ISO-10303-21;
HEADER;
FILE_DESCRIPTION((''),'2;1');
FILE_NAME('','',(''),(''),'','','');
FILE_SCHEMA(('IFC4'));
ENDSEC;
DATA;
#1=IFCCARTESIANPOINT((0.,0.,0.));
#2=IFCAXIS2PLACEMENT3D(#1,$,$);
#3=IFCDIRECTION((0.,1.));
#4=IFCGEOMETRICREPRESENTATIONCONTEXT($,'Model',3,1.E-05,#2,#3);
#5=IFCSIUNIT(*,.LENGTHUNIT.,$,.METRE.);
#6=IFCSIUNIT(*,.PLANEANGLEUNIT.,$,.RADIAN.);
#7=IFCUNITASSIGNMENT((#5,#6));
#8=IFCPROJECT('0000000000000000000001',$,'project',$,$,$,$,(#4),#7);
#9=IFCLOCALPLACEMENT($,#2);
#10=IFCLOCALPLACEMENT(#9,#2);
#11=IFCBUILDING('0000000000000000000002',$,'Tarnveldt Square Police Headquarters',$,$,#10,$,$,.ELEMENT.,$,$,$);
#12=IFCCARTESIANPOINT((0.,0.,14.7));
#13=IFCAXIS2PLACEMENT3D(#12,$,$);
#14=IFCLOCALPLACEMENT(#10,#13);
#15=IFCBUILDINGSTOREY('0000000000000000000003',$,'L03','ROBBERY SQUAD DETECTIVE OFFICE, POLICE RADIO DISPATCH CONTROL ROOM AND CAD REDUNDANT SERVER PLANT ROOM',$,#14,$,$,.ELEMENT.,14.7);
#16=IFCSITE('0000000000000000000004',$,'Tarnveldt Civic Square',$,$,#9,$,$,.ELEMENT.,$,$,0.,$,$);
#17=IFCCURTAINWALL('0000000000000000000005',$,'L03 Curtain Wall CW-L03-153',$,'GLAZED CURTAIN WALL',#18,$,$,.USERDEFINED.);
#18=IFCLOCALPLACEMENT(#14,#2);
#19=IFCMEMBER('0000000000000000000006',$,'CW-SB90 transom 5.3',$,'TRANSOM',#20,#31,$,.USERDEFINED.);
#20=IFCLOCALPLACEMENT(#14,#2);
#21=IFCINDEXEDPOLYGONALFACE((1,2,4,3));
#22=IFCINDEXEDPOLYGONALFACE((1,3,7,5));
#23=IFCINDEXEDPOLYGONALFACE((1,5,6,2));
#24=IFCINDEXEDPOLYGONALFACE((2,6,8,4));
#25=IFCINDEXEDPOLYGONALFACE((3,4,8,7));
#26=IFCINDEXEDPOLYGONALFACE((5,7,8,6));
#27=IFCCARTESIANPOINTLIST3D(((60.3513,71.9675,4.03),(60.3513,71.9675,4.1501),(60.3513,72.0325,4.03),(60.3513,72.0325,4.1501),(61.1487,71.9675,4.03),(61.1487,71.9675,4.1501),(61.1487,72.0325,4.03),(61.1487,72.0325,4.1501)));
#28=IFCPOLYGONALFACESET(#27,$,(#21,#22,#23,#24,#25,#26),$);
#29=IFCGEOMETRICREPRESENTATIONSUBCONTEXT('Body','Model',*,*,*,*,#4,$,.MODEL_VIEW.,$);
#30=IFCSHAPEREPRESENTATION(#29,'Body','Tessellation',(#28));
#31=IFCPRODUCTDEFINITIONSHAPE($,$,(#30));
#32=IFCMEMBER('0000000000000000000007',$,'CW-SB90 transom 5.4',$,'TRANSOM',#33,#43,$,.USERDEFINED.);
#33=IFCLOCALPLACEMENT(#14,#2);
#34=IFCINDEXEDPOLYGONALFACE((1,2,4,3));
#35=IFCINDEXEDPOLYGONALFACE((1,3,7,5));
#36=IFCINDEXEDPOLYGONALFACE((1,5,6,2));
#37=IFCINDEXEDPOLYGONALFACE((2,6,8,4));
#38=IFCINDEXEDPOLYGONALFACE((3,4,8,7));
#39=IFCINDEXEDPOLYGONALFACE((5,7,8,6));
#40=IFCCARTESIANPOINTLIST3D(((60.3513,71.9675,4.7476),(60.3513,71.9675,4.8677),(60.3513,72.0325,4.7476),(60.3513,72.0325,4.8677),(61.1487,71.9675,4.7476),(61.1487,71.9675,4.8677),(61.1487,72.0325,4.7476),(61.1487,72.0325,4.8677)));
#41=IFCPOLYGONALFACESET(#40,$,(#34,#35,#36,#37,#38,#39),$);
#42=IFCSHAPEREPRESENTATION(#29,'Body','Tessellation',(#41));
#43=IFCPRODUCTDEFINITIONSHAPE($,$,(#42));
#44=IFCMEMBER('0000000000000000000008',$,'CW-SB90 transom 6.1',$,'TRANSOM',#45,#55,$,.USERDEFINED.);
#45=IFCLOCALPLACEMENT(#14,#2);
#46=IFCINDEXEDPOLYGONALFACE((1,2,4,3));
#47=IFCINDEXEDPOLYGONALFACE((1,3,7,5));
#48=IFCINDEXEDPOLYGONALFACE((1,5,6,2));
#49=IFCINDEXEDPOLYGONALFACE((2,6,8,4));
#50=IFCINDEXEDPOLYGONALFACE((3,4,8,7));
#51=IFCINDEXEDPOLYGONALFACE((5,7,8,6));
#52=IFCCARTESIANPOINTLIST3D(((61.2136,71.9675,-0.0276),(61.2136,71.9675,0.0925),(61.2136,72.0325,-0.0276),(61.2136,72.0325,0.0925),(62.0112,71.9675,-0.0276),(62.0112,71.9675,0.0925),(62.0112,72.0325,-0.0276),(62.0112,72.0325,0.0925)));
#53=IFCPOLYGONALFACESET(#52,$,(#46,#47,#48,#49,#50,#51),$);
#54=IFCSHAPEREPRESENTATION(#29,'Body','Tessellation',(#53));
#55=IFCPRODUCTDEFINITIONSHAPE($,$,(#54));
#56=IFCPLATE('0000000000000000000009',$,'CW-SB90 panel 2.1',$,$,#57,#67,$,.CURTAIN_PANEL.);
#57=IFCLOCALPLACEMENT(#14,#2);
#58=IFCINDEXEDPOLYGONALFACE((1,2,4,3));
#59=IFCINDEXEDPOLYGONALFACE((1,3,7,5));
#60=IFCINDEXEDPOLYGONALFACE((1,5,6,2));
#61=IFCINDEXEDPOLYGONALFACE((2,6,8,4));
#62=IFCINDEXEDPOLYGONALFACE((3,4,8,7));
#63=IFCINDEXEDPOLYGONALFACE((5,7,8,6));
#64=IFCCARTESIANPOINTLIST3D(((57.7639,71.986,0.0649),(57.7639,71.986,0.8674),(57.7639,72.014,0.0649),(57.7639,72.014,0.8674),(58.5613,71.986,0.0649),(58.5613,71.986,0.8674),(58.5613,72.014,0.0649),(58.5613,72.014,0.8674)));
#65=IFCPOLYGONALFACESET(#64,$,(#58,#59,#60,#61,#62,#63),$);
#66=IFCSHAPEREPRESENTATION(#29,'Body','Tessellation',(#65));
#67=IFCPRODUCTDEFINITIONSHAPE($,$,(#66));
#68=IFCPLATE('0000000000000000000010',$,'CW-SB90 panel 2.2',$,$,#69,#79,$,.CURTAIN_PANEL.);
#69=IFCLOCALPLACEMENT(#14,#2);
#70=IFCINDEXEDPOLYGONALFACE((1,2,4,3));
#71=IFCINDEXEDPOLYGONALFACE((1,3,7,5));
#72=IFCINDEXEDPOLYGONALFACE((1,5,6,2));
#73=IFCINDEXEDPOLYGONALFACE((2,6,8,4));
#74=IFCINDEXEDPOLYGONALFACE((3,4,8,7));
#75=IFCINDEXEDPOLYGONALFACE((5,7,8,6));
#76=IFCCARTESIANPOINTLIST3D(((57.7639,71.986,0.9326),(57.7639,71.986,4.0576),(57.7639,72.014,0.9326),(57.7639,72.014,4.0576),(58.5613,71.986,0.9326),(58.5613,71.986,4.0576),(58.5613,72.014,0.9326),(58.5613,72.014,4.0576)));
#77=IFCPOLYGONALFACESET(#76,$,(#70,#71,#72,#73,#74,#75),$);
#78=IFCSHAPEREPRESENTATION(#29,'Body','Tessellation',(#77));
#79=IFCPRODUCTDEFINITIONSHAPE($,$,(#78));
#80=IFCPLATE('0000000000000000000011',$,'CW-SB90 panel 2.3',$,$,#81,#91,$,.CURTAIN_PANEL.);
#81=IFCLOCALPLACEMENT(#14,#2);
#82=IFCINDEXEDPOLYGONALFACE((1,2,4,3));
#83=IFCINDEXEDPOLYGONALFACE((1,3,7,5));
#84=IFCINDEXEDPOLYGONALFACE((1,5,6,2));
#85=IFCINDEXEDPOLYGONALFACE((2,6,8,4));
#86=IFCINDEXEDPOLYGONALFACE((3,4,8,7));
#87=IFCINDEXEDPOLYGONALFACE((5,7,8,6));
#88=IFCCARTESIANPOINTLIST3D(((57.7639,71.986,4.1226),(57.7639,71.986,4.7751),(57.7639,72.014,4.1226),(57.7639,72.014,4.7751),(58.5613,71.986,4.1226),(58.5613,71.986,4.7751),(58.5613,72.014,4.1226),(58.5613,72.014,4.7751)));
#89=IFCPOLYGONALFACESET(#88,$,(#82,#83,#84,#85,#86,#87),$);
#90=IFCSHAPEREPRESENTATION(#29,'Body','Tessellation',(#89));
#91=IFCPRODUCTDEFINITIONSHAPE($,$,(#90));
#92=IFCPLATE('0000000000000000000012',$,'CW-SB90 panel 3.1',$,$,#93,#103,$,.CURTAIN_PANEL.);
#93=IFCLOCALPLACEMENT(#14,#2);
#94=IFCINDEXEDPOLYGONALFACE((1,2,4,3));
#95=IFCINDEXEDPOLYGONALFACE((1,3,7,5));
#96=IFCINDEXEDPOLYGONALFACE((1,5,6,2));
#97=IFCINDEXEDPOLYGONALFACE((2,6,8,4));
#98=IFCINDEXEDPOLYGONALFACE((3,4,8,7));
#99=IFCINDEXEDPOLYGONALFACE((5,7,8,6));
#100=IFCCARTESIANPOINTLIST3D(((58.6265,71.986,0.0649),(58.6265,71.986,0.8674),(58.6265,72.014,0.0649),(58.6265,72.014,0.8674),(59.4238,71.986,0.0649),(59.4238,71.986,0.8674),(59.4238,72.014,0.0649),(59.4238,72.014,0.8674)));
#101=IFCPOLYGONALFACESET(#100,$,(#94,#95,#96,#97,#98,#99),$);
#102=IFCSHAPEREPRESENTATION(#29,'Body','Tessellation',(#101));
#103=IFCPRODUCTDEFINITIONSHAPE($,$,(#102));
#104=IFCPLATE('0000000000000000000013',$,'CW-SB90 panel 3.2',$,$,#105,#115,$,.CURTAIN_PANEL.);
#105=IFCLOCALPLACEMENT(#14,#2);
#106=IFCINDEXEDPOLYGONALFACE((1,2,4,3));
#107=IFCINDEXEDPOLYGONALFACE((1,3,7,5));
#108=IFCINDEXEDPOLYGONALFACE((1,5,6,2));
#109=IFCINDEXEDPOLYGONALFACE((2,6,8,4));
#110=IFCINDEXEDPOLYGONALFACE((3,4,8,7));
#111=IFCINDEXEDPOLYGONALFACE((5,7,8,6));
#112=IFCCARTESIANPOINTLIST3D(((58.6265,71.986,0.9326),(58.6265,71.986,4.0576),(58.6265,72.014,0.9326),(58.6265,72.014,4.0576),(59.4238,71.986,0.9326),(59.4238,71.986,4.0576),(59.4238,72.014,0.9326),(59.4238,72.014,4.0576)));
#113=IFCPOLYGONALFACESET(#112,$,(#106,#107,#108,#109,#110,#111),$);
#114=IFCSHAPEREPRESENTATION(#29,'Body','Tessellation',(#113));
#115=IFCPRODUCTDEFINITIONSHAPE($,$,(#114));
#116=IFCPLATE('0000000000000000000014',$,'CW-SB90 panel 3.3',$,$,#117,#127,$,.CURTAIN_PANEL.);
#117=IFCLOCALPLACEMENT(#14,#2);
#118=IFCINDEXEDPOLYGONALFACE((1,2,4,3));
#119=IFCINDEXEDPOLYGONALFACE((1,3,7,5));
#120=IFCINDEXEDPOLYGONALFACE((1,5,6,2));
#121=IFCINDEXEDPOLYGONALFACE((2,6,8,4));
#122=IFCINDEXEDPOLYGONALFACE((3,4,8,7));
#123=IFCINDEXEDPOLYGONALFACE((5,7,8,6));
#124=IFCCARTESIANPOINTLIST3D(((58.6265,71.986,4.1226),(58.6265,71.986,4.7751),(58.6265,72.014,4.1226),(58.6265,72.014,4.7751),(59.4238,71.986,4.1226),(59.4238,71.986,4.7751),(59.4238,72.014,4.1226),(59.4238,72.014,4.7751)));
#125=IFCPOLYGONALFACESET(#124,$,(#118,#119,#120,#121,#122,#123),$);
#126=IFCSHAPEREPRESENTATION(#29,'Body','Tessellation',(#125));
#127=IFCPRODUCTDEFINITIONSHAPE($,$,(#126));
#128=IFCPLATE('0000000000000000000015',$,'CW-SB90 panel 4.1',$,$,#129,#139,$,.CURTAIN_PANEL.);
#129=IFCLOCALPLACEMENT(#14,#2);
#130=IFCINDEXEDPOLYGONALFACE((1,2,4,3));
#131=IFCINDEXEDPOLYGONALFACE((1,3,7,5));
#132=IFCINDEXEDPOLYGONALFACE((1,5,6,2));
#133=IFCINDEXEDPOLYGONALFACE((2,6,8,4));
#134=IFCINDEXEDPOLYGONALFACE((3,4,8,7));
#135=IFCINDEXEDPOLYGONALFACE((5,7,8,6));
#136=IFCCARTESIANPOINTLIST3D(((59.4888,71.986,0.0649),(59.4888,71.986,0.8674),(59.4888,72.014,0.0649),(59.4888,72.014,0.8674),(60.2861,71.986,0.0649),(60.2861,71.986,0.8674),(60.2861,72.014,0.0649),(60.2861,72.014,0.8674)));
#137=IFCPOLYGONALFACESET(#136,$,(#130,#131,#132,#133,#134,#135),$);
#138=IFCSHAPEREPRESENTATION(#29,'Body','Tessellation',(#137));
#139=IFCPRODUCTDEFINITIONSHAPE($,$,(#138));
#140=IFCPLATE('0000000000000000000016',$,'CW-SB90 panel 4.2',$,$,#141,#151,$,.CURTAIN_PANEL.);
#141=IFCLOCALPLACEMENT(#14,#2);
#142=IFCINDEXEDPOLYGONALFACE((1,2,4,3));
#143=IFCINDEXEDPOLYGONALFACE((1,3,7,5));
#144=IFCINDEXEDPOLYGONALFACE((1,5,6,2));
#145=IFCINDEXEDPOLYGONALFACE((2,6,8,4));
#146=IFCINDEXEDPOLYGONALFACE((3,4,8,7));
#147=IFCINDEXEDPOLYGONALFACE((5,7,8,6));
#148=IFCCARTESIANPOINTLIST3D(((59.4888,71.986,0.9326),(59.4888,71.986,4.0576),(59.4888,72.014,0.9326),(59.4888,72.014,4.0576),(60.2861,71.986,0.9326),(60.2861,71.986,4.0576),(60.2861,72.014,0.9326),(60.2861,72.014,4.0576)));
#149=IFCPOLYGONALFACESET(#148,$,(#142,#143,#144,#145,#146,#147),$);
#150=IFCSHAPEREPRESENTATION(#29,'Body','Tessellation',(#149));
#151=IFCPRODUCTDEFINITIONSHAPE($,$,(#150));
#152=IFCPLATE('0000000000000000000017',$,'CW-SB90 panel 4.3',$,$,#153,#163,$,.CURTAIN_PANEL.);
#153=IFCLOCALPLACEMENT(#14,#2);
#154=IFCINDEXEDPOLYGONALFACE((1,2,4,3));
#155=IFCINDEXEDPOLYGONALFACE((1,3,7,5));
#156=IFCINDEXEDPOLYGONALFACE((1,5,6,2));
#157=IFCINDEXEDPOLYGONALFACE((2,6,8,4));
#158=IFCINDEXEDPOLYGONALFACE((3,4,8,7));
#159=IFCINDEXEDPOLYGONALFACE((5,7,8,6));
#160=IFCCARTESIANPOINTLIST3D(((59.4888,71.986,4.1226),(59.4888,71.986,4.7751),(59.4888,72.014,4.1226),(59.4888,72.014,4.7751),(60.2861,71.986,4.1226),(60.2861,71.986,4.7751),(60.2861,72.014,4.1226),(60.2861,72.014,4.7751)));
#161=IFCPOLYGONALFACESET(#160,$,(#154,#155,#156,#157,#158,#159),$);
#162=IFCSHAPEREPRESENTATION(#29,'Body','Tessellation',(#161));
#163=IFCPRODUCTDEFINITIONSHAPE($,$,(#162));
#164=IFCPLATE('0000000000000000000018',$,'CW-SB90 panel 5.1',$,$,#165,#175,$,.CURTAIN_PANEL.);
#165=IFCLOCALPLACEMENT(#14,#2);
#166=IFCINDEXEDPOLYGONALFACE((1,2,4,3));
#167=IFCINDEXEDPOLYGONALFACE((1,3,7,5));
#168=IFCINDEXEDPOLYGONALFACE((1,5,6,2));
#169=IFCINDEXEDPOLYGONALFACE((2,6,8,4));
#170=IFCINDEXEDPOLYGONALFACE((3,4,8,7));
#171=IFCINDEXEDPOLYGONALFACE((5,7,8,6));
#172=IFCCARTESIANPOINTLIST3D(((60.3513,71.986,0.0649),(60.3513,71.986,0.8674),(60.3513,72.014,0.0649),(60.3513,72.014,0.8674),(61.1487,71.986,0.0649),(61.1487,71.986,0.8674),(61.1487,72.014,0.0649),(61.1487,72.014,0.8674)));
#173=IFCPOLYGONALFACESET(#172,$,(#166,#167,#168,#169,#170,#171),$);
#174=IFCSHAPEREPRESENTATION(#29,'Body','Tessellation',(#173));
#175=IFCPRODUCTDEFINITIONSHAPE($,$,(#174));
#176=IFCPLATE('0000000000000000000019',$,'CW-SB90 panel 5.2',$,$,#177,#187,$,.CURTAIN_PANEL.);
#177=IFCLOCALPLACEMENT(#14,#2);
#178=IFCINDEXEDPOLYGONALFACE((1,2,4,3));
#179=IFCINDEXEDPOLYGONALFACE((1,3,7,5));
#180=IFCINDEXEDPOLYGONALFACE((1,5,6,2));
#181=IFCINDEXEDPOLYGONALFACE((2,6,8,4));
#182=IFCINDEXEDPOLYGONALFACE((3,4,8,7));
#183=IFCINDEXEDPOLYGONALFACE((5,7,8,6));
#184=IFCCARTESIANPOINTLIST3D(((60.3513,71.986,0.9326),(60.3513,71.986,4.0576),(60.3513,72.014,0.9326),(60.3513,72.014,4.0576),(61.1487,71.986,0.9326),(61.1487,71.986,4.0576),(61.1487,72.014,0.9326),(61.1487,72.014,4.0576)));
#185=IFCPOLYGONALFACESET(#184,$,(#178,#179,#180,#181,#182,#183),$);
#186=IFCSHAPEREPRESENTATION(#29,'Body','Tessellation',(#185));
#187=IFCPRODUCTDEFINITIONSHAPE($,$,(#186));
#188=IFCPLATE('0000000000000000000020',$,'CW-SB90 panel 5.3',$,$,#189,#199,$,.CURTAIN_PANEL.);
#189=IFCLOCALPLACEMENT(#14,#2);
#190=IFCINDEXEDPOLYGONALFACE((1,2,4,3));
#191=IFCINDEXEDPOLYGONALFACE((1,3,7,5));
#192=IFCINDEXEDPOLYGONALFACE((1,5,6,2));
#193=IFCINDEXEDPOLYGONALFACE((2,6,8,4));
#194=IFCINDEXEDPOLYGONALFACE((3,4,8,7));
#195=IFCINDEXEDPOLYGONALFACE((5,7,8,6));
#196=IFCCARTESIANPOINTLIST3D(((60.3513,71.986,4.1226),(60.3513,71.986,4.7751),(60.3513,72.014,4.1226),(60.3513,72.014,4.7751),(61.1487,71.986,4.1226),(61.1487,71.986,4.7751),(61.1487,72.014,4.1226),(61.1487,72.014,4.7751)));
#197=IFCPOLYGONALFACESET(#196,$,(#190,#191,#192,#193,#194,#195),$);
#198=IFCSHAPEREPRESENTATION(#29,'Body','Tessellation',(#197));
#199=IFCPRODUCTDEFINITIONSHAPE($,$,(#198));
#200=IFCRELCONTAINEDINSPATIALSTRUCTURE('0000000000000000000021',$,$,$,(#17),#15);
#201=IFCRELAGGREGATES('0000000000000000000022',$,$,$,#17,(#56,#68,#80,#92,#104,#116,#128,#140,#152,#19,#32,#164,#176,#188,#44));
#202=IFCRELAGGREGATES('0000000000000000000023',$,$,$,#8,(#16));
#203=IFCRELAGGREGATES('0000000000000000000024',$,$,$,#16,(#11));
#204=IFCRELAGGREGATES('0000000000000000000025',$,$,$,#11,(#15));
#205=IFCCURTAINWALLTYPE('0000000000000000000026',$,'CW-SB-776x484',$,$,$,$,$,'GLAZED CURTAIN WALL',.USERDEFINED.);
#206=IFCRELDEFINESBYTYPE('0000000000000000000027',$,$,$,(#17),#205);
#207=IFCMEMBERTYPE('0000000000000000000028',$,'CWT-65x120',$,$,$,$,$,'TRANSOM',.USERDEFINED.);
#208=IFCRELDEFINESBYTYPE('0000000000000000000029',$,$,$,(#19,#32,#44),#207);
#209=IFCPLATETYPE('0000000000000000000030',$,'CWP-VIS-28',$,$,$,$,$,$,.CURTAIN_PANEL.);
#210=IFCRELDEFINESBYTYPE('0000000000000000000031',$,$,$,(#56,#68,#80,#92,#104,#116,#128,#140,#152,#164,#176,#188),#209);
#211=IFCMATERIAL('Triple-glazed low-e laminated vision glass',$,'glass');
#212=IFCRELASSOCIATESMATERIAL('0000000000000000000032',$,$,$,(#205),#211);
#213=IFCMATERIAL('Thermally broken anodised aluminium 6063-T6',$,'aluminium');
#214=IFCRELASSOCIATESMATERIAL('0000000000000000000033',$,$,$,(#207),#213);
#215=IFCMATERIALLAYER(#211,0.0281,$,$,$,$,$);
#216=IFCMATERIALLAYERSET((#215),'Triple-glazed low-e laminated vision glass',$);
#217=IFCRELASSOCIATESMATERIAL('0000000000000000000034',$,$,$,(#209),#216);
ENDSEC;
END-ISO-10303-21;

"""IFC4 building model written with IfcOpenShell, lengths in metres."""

from ifc_helpers import new_model, si_unit, direction, frame, origin, origin_2d, place, context, subcontext, project, spatial, rectangle, extrude, material, layer, layer_set, material_profile, profile_set, type_object, element, aggregate, save


model = new_model("IFC4")

# Units and contexts
model_context = context("Model", 3, precision=1e-05, world=origin(), true_north=direction((0.0, 1.0)))
body_context = subcontext(model_context, "Body", "Model", "MODEL_VIEW")
ifc_project = project(units=[si_unit("LENGTHUNIT", "METRE"), si_unit("PLANEANGLEUNIT", "RADIAN")], contexts=[model_context])

# Site, building, storey
site_placement = place(None, origin())
site = spatial("IfcSite", under=ifc_project, at=site_placement, Name="Tarnveldt Civic Square", CompositionType="ELEMENT", RefElevation=0.0)
building_placement = place(site_placement, origin())
building = spatial("IfcBuilding", under=site, at=building_placement, Name="Tarnveldt Square Police Headquarters", CompositionType="ELEMENT")
storey_placement = place(building_placement, frame((0.0, 0.0, 14.7)))
storey = spatial("IfcBuildingStorey", under=building, at=storey_placement, Name="L03", Description="ROBBERY SQUAD DETECTIVE OFFICE, POLICE RADIO DISPATCH CONTROL ROOM AND CAD REDUNDANT SERVER PLANT ROOM", CompositionType="ELEMENT", Elevation=14.7)

# Curtain wall, members, plates
ifc_material_1 = material(Name="Triple-glazed low-e laminated vision glass", Category="glass")
curtain_wall_type = type_object("IfcCurtainWallType", Name="CW-SB-776x484", ElementType="GLAZED CURTAIN WALL", PredefinedType="USERDEFINED", material=ifc_material_1)
curtain_wall_placement = place(storey_placement, origin())
curtain_wall = element("IfcCurtainWall", 1, at=curtain_wall_placement, inside=storey, type_object=curtain_wall_type, Name="L03 Curtain Wall CW-L03-153", ObjectType="GLAZED CURTAIN WALL", PredefinedType="USERDEFINED")
ifc_material_2 = material(Name="Thermally broken anodised aluminium 6063-T6", Category="aluminium")
ifc_material_profile_1 = material_profile(ifc_material_2, rectangle(XDim=0.0649, YDim=0.1201, at=origin_2d()), Name="CW-T65x120")
ifc_profile_set_1 = profile_set([ifc_material_profile_1], Name="Thermally broken anodised aluminium 6063-T6")
member_type_1 = type_object("IfcMemberType", Name="CWT-65x120", ElementType="TRANSOM", PredefinedType="USERDEFINED", material=ifc_profile_set_1)
member_1_placement = place(storey_placement, frame((60.3513, 72.0, 4.0901), z_axis=(1.0, 0.0, 0.0), x_axis=(0.0, 1.0, 0.0)))
member_1 = element("IfcMember", 2, at=member_1_placement, type_object=member_type_1, Name="CW-SB90 transom 5.3", ObjectType="TRANSOM", PredefinedType="USERDEFINED", context=body_context, shape_type="SweptSolid", body=[
    extrude(rectangle(XDim=0.0649, YDim=0.1201, at=origin_2d()), origin(), (0.0, 0.0, 1.0), 0.7974),
])
member_2_placement = place(storey_placement, frame((60.3513, 72.0, 4.8076), z_axis=(1.0, 0.0, 0.0), x_axis=(0.0, 1.0, 0.0)))
member_2 = element("IfcMember", 3, at=member_2_placement, type_object=member_type_1, Name="CW-SB90 transom 5.4", ObjectType="TRANSOM", PredefinedType="USERDEFINED", context=body_context, shape_type="SweptSolid", body=[
    extrude(rectangle(XDim=0.0649, YDim=0.1201, at=origin_2d()), origin(), (0.0, 0.0, 1.0), 0.7974),
])
member_3_placement = place(storey_placement, frame((61.2136, 72.0, 0.0325), z_axis=(1.0, 0.0, 0.0), x_axis=(0.0, 1.0, 0.0)))
member_3 = element("IfcMember", 4, at=member_3_placement, type_object=member_type_1, Name="CW-SB90 transom 6.1", ObjectType="TRANSOM", PredefinedType="USERDEFINED", context=body_context, shape_type="SweptSolid", body=[
    extrude(rectangle(XDim=0.0649, YDim=0.1201, at=origin_2d()), origin(), (0.0, 0.0, 1.0), 0.7976),
])
ifc_layer = layer(ifc_material_1, 0.0281)
ifc_layer_set = layer_set([ifc_layer], Name="Triple-glazed low-e laminated vision glass")
plate_type = type_object("IfcPlateType", Name="CWP-VIS-28", PredefinedType="CURTAIN_PANEL", material=ifc_layer_set)
plate_1_placement = place(storey_placement, frame((58.1626, 72.0, 0.0649), z_axis=(0.0, 0.0, 1.0), x_axis=(1.0, 0.0, 0.0)))
plate_1 = element("IfcPlate", 5, at=plate_1_placement, type_object=plate_type, Name="CW-SB90 panel 2.1", PredefinedType="CURTAIN_PANEL", context=body_context, shape_type="SweptSolid", body=[
    extrude(rectangle(XDim=0.7974, YDim=0.0281, at=origin_2d()), origin(), (0.0, 0.0, 1.0), 0.8025),
])
plate_2_placement = place(storey_placement, frame((58.1626, 72.0, 0.9326), z_axis=(0.0, 0.0, 1.0), x_axis=(1.0, 0.0, 0.0)))
plate_2 = element("IfcPlate", 6, at=plate_2_placement, type_object=plate_type, Name="CW-SB90 panel 2.2", PredefinedType="CURTAIN_PANEL", context=body_context, shape_type="SweptSolid", body=[
    extrude(rectangle(XDim=0.7974, YDim=0.0281, at=origin_2d()), origin(), (0.0, 0.0, 1.0), 3.125),
])
plate_3_placement = place(storey_placement, frame((58.1626, 72.0, 4.1226), z_axis=(0.0, 0.0, 1.0), x_axis=(1.0, 0.0, 0.0)))
plate_3 = element("IfcPlate", 7, at=plate_3_placement, type_object=plate_type, Name="CW-SB90 panel 2.3", PredefinedType="CURTAIN_PANEL", context=body_context, shape_type="SweptSolid", body=[
    extrude(rectangle(XDim=0.7974, YDim=0.0281, at=origin_2d()), origin(), (0.0, 0.0, 1.0), 0.6526),
])
plate_4_placement = place(storey_placement, frame((59.0251, 72.0, 0.0649), z_axis=(0.0, 0.0, 1.0), x_axis=(1.0, 0.0, 0.0)))
plate_4 = element("IfcPlate", 8, at=plate_4_placement, type_object=plate_type, Name="CW-SB90 panel 3.1", PredefinedType="CURTAIN_PANEL", context=body_context, shape_type="SweptSolid", body=[
    extrude(rectangle(XDim=0.7974, YDim=0.0281, at=origin_2d()), origin(), (0.0, 0.0, 1.0), 0.8025),
])
plate_5_placement = place(storey_placement, frame((59.0251, 72.0, 0.9326), z_axis=(0.0, 0.0, 1.0), x_axis=(1.0, 0.0, 0.0)))
plate_5 = element("IfcPlate", 9, at=plate_5_placement, type_object=plate_type, Name="CW-SB90 panel 3.2", PredefinedType="CURTAIN_PANEL", context=body_context, shape_type="SweptSolid", body=[
    extrude(rectangle(XDim=0.7974, YDim=0.0281, at=origin_2d()), origin(), (0.0, 0.0, 1.0), 3.125),
])
plate_6_placement = place(storey_placement, frame((59.0251, 72.0, 4.1226), z_axis=(0.0, 0.0, 1.0), x_axis=(1.0, 0.0, 0.0)))
plate_6 = element("IfcPlate", 10, at=plate_6_placement, type_object=plate_type, Name="CW-SB90 panel 3.3", PredefinedType="CURTAIN_PANEL", context=body_context, shape_type="SweptSolid", body=[
    extrude(rectangle(XDim=0.7974, YDim=0.0281, at=origin_2d()), origin(), (0.0, 0.0, 1.0), 0.6526),
])
plate_7_placement = place(storey_placement, frame((59.8875, 72.0, 0.0649), z_axis=(0.0, 0.0, 1.0), x_axis=(1.0, 0.0, 0.0)))
plate_7 = element("IfcPlate", 11, at=plate_7_placement, type_object=plate_type, Name="CW-SB90 panel 4.1", PredefinedType="CURTAIN_PANEL", context=body_context, shape_type="SweptSolid", body=[
    extrude(rectangle(XDim=0.7974, YDim=0.0281, at=origin_2d()), origin(), (0.0, 0.0, 1.0), 0.8025),
])
plate_8_placement = place(storey_placement, frame((59.8875, 72.0, 0.9326), z_axis=(0.0, 0.0, 1.0), x_axis=(1.0, 0.0, 0.0)))
plate_8 = element("IfcPlate", 12, at=plate_8_placement, type_object=plate_type, Name="CW-SB90 panel 4.2", PredefinedType="CURTAIN_PANEL", context=body_context, shape_type="SweptSolid", body=[
    extrude(rectangle(XDim=0.7974, YDim=0.0281, at=origin_2d()), origin(), (0.0, 0.0, 1.0), 3.125),
])
plate_9_placement = place(storey_placement, frame((59.8875, 72.0, 4.1226), z_axis=(0.0, 0.0, 1.0), x_axis=(1.0, 0.0, 0.0)))
plate_9 = element("IfcPlate", 13, at=plate_9_placement, type_object=plate_type, Name="CW-SB90 panel 4.3", PredefinedType="CURTAIN_PANEL", context=body_context, shape_type="SweptSolid", body=[
    extrude(rectangle(XDim=0.7974, YDim=0.0281, at=origin_2d()), origin(), (0.0, 0.0, 1.0), 0.6526),
])
plate_10_placement = place(storey_placement, frame((60.75, 72.0, 0.0649), z_axis=(0.0, 0.0, 1.0), x_axis=(1.0, 0.0, 0.0)))
plate_10 = element("IfcPlate", 14, at=plate_10_placement, type_object=plate_type, Name="CW-SB90 panel 5.1", PredefinedType="CURTAIN_PANEL", context=body_context, shape_type="SweptSolid", body=[
    extrude(rectangle(XDim=0.7974, YDim=0.0281, at=origin_2d()), origin(), (0.0, 0.0, 1.0), 0.8025),
])
plate_11_placement = place(storey_placement, frame((60.75, 72.0, 0.9326), z_axis=(0.0, 0.0, 1.0), x_axis=(1.0, 0.0, 0.0)))
plate_11 = element("IfcPlate", 15, at=plate_11_placement, type_object=plate_type, Name="CW-SB90 panel 5.2", PredefinedType="CURTAIN_PANEL", context=body_context, shape_type="SweptSolid", body=[
    extrude(rectangle(XDim=0.7974, YDim=0.0281, at=origin_2d()), origin(), (0.0, 0.0, 1.0), 3.125),
])
plate_12_placement = place(storey_placement, frame((60.75, 72.0, 4.1226), z_axis=(0.0, 0.0, 1.0), x_axis=(1.0, 0.0, 0.0)))
plate_12 = element("IfcPlate", 16, at=plate_12_placement, type_object=plate_type, Name="CW-SB90 panel 5.3", PredefinedType="CURTAIN_PANEL", context=body_context, shape_type="SweptSolid", body=[
    extrude(rectangle(XDim=0.7974, YDim=0.0281, at=origin_2d()), origin(), (0.0, 0.0, 1.0), 0.6526),
])
aggregate(curtain_wall, [plate_1, plate_2, plate_3, plate_4, plate_5, plate_6, plate_7, plate_8, plate_9, member_1, member_2, plate_10, plate_11, plate_12, member_3])

save(model, "model.ifc")
